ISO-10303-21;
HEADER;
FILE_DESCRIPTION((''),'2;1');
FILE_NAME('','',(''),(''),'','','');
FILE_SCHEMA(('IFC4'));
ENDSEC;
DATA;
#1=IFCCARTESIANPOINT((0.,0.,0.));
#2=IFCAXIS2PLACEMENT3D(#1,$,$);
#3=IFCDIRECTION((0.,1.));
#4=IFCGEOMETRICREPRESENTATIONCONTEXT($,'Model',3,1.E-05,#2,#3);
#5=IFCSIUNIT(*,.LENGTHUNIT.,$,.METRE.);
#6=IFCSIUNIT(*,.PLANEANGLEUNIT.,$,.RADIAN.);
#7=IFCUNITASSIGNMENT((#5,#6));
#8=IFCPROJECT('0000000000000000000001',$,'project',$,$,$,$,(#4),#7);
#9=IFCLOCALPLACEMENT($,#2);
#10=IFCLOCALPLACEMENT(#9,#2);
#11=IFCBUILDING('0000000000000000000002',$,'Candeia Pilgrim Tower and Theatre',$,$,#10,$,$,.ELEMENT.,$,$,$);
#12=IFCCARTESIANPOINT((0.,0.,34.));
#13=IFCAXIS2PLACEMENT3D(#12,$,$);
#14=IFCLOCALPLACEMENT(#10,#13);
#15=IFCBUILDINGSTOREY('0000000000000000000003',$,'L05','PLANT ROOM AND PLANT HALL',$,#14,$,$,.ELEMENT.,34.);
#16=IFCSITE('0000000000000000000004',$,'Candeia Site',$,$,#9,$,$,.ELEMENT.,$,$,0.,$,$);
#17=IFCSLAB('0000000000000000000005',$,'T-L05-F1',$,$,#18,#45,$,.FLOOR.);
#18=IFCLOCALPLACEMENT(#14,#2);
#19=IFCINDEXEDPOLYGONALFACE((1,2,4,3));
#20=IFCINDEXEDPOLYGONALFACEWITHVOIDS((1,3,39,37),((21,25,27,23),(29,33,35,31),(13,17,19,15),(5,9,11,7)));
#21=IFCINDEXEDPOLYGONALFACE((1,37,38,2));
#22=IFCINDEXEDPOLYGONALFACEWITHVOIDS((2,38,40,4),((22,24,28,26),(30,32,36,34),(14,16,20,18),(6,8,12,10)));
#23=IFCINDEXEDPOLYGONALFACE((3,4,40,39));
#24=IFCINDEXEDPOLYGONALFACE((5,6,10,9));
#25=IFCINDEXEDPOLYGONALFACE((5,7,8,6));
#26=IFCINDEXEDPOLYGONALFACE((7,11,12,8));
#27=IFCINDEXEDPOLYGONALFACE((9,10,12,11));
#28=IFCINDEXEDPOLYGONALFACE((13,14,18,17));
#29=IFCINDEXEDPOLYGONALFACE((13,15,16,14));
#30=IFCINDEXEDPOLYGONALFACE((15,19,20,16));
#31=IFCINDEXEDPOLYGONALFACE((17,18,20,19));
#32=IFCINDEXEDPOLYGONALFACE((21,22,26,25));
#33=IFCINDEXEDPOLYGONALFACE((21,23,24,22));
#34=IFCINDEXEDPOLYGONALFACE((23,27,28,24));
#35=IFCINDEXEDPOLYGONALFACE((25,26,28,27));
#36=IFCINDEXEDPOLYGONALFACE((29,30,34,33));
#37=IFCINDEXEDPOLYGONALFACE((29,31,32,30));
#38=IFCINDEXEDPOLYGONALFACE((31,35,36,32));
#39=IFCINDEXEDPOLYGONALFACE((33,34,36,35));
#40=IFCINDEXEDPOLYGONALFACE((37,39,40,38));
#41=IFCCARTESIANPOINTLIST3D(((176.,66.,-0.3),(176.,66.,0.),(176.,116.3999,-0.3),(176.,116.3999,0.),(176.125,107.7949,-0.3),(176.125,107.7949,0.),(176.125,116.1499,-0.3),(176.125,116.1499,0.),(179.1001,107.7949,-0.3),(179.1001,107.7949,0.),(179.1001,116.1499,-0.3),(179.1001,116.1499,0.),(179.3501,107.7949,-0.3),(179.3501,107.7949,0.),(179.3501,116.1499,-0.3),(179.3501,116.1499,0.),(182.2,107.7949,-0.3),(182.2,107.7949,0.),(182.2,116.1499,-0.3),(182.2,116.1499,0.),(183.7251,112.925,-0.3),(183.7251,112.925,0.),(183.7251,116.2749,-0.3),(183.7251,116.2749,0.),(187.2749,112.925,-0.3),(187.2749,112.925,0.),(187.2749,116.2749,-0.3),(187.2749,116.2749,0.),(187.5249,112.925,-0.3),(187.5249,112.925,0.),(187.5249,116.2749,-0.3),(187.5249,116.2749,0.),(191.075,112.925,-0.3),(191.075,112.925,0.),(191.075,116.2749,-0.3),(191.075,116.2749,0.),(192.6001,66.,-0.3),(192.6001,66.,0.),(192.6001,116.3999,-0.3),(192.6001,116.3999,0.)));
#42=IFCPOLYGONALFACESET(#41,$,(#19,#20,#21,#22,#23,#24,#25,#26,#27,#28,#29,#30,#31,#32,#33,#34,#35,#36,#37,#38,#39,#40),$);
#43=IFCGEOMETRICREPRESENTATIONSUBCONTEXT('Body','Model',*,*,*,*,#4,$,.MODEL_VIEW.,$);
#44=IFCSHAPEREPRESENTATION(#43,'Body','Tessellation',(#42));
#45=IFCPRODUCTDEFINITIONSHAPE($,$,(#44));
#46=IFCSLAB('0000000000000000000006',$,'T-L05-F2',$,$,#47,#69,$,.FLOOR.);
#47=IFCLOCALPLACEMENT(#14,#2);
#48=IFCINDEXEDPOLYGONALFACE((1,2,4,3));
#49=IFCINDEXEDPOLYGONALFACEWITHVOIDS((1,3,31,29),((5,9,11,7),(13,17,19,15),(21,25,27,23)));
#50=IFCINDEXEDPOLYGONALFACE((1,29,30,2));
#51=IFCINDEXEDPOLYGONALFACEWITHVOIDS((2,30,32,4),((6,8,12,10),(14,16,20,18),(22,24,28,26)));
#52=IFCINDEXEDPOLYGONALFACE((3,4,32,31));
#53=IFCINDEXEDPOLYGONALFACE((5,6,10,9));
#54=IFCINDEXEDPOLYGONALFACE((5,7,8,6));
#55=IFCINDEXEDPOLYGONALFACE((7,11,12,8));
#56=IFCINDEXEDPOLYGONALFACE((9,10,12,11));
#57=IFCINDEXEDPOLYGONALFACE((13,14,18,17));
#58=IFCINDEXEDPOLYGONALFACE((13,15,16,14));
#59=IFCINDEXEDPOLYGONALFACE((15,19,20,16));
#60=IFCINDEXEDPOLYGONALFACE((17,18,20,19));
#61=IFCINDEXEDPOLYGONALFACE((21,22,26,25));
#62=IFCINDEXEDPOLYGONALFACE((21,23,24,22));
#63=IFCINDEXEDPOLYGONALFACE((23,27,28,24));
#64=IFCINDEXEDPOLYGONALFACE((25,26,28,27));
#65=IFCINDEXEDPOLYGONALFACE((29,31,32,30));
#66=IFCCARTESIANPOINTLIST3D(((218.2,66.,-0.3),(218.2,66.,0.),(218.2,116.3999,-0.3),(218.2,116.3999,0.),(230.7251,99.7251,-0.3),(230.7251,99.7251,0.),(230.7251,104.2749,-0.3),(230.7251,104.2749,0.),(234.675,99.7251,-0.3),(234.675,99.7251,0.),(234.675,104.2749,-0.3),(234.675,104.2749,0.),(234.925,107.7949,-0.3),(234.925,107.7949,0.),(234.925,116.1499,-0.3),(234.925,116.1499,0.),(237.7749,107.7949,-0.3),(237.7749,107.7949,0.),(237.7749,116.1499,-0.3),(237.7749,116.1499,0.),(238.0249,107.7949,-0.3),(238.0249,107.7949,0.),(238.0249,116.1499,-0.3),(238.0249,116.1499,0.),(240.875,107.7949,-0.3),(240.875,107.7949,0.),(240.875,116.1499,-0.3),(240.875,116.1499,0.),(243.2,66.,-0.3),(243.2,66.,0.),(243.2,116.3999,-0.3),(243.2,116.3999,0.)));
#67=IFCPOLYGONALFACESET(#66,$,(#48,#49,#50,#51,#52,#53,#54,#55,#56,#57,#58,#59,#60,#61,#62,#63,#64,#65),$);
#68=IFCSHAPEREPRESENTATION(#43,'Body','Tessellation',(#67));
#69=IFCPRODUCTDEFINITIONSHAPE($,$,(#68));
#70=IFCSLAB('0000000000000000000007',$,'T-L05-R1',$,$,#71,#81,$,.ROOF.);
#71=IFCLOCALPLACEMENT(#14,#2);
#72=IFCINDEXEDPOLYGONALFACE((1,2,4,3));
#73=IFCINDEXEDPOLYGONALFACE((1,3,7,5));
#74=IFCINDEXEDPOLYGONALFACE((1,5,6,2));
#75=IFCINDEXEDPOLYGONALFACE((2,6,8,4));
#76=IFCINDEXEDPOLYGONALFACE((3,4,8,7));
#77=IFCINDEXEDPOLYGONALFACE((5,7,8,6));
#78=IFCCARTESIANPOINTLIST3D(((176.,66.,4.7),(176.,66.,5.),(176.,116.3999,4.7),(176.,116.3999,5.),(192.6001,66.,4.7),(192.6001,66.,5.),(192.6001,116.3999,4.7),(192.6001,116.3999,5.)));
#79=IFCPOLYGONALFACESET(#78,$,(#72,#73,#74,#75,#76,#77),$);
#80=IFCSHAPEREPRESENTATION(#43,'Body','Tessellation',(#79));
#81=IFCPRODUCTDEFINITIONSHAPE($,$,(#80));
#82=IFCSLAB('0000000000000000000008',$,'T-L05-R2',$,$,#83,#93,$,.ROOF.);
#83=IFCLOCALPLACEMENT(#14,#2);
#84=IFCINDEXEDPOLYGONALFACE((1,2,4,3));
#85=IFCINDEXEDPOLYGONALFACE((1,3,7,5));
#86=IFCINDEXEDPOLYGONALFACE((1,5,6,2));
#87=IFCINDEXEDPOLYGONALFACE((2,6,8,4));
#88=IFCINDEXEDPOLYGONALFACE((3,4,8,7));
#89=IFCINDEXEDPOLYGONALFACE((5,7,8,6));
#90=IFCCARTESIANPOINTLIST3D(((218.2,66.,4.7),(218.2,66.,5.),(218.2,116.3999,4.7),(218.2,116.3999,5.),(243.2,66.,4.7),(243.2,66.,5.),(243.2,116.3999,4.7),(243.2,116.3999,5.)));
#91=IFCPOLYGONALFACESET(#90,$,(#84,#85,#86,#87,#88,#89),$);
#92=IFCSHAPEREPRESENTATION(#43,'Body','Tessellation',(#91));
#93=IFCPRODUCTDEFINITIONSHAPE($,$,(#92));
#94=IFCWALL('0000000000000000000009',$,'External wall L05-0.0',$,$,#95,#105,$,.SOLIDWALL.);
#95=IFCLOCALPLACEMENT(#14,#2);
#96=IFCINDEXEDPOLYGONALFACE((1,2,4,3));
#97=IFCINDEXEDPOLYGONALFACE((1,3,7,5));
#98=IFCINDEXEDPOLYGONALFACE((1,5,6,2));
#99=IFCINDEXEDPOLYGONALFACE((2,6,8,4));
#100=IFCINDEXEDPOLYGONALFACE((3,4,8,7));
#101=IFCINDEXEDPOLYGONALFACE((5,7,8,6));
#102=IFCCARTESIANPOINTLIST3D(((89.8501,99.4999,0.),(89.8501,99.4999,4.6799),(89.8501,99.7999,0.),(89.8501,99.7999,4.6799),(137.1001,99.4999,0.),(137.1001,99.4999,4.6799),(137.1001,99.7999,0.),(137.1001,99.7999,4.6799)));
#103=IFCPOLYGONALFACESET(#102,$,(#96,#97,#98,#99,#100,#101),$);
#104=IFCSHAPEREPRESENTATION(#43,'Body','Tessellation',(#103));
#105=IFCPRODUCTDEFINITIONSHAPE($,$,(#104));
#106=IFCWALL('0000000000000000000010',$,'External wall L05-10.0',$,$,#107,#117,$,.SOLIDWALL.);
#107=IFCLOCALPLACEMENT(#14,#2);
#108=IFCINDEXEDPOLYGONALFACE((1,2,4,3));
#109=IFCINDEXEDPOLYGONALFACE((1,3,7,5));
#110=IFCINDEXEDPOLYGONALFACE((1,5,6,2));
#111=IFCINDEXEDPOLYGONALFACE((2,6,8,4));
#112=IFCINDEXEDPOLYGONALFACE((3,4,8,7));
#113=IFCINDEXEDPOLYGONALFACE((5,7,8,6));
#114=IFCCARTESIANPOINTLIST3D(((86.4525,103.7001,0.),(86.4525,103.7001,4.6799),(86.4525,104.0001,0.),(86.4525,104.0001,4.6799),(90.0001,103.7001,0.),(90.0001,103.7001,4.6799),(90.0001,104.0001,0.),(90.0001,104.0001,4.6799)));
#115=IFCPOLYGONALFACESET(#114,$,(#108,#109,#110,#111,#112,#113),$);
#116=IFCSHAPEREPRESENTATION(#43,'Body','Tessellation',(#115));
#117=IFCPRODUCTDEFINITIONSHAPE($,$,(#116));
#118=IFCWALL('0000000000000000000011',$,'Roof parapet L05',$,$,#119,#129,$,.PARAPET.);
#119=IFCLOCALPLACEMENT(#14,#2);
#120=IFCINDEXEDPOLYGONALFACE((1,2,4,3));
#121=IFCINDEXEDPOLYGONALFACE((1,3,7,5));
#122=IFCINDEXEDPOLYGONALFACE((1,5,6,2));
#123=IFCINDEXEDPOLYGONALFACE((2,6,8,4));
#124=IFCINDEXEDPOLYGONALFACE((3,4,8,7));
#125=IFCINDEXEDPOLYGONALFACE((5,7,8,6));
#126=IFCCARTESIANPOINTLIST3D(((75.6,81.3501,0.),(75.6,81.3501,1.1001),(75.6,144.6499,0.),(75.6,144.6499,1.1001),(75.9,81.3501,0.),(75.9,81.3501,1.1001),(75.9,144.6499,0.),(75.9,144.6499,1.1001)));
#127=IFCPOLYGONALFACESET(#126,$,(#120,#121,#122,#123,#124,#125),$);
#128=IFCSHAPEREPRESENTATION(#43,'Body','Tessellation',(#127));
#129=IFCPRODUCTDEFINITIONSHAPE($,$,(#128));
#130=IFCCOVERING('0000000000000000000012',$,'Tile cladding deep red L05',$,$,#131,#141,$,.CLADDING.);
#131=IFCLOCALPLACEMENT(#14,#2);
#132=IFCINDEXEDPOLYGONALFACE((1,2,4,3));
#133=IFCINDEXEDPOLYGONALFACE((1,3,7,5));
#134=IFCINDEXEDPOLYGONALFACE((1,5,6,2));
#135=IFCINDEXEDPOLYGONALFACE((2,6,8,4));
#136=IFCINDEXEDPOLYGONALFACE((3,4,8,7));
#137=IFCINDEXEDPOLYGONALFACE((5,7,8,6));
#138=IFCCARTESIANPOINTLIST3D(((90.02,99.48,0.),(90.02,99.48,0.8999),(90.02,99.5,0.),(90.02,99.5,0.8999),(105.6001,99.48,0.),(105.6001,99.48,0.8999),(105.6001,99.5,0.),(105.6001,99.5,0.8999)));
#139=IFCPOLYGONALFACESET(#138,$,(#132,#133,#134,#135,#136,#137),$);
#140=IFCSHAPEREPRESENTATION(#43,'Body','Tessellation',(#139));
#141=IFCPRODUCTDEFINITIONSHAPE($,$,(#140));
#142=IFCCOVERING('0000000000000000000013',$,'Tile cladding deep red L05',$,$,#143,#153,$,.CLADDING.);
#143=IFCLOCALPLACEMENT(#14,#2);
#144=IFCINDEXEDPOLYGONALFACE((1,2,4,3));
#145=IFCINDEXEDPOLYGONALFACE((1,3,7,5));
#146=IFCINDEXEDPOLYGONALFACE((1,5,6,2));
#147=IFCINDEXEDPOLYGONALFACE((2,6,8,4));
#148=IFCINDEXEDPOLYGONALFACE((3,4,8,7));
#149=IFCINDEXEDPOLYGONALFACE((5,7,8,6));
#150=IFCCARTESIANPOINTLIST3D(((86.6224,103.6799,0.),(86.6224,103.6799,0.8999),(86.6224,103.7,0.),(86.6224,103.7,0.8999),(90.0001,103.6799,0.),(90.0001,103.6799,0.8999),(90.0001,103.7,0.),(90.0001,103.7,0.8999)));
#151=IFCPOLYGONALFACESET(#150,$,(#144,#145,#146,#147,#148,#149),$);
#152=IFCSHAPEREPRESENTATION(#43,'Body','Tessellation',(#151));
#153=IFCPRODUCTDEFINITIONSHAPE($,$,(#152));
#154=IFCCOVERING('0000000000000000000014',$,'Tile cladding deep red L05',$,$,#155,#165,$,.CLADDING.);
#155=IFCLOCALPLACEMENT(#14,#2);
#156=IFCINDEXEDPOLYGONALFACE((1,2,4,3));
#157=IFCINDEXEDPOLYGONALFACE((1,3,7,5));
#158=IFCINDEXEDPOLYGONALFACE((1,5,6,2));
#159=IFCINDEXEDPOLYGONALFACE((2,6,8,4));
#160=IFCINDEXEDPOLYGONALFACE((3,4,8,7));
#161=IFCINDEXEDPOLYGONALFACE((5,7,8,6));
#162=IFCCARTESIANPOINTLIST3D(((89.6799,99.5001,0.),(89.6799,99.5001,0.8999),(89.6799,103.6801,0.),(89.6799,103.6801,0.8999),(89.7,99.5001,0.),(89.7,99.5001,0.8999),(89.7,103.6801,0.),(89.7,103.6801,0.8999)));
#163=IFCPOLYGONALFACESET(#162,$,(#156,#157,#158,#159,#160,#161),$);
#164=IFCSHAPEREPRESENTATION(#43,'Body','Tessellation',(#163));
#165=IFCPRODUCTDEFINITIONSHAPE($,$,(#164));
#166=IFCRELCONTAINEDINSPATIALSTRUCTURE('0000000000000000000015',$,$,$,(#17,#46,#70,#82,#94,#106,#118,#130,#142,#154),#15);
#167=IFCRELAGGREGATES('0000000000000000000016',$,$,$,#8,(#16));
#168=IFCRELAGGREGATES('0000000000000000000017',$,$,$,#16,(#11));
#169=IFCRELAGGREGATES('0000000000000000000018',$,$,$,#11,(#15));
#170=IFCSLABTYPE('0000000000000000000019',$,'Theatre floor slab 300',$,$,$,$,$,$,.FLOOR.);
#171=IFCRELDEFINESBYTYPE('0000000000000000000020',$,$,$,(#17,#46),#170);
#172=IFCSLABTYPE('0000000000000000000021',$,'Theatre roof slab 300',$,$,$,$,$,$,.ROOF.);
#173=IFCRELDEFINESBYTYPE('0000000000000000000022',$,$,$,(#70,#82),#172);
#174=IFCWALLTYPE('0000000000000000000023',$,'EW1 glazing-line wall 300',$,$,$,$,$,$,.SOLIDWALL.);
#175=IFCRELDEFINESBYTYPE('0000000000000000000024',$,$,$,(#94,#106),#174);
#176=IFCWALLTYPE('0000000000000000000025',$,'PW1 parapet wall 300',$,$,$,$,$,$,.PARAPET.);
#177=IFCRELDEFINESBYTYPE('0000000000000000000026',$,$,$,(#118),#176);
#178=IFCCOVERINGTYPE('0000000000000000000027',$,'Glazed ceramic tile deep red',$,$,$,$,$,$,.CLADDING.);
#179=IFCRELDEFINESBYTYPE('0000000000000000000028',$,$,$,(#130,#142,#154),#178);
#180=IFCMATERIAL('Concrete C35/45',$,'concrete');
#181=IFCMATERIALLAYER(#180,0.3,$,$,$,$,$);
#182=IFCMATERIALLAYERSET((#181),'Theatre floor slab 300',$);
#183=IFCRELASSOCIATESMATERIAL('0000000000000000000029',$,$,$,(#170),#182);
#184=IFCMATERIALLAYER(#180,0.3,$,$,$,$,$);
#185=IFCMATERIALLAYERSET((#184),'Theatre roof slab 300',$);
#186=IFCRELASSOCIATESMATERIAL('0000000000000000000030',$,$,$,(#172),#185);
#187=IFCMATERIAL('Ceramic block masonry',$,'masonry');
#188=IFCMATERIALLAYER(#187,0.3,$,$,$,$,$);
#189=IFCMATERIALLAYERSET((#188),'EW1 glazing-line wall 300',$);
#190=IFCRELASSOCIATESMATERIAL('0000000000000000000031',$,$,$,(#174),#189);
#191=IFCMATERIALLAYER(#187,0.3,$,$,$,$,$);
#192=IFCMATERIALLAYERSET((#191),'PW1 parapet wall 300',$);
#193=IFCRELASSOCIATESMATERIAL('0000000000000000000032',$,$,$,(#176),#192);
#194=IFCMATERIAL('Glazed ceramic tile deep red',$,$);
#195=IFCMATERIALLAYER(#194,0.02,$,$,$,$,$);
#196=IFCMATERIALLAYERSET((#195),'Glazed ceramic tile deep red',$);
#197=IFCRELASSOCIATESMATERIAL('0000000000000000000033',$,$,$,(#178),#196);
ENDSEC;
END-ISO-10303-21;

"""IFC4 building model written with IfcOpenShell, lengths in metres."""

from ifc_helpers import new_model, si_unit, direction, frame, frame_2d, origin, origin_2d, place, context, subcontext, project, spatial, polyline, rectangle, outline, extrude, material, layer, layer_set, type_object, element, save


model = new_model("IFC4")

# Units and contexts
model_context = context("Model", 3, precision=1e-05, world=origin(), true_north=direction((0.0, 1.0)))
body_context = subcontext(model_context, "Body", "Model", "MODEL_VIEW")
ifc_project = project(units=[si_unit("LENGTHUNIT", "METRE"), si_unit("PLANEANGLEUNIT", "RADIAN")], contexts=[model_context])

# Site, building, storey
site_placement = place(None, origin())
site = spatial("IfcSite", under=ifc_project, at=site_placement, Name="Candeia Site", CompositionType="ELEMENT", RefElevation=0.0)
building_placement = place(site_placement, origin())
building = spatial("IfcBuilding", under=site, at=building_placement, Name="Candeia Pilgrim Tower and Theatre", CompositionType="ELEMENT")
storey_placement = place(building_placement, frame((0.0, 0.0, 34.0)))
storey = spatial("IfcBuildingStorey", under=building, at=storey_placement, Name="L05", Description="PLANT ROOM AND PLANT HALL", CompositionType="ELEMENT", Elevation=34.0)

# Slabs
ifc_material_1 = material(Name="Concrete C35/45", Category="concrete")
ifc_layer_1 = layer(ifc_material_1, 0.3)
ifc_layer_set_1 = layer_set([ifc_layer_1], Name="Theatre floor slab 300")
slab_type_1 = type_object("IfcSlabType", Name="Theatre floor slab 300", PredefinedType="FLOOR", material=ifc_layer_set_1)
slab_1_placement = place(storey_placement, frame((0.0, 0.0, -0.3)))
element("IfcSlab", 1, at=slab_1_placement, inside=storey, type_object=slab_type_1, Name="T-L05-F1", PredefinedType="FLOOR", context=body_context, shape_type="SweptSolid", body=[
    extrude(outline(polyline([(192.6001, 66.0), (176.0, 66.0), (176.0, 116.3999), (192.6001, 116.3999), (192.6001, 66.0)]), holes=[polyline([(179.1001, 116.1499), (176.125, 116.1499), (176.125, 107.7949), (179.1001, 107.7949), (179.1001, 116.1499)]), polyline([(182.2, 107.7949), (182.2, 116.1499), (179.3501, 116.1499), (179.3501, 107.7949), (182.2, 107.7949)]), polyline([(183.7251, 112.925), (187.2749, 112.925), (187.2749, 116.2749), (183.7251, 116.2749), (183.7251, 112.925)]), polyline([(187.5249, 116.2749), (187.5249, 112.925), (191.075, 112.925), (191.075, 116.2749), (187.5249, 116.2749)])]), origin(), (0.0, 0.0, 1.0), 0.3),
])
slab_2_placement = place(storey_placement, frame((0.0, 0.0, -0.3)))
element("IfcSlab", 2, at=slab_2_placement, inside=storey, type_object=slab_type_1, Name="T-L05-F2", PredefinedType="FLOOR", context=body_context, shape_type="SweptSolid", body=[
    extrude(outline(polyline([(243.2, 66.0), (218.2, 66.0), (218.2, 116.3999), (243.2, 116.3999), (243.2, 66.0)]), holes=[polyline([(234.925, 107.7949), (237.7749, 107.7949), (237.7749, 116.1499), (234.925, 116.1499), (234.925, 107.7949)]), polyline([(238.0249, 116.1499), (238.0249, 107.7949), (240.875, 107.7949), (240.875, 116.1499), (238.0249, 116.1499)]), polyline([(234.675, 104.2749), (230.7251, 104.2749), (230.7251, 99.7251), (234.675, 99.7251), (234.675, 104.2749)])]), origin(), (0.0, 0.0, 1.0), 0.3),
])
ifc_layer_2 = layer(ifc_material_1, 0.3)
ifc_layer_set_2 = layer_set([ifc_layer_2], Name="Theatre roof slab 300")
slab_type_2 = type_object("IfcSlabType", Name="Theatre roof slab 300", PredefinedType="ROOF", material=ifc_layer_set_2)
slab_3_placement = place(storey_placement, frame((0.0, 0.0, 4.7)))
element("IfcSlab", 3, at=slab_3_placement, inside=storey, type_object=slab_type_2, Name="T-L05-R1", PredefinedType="ROOF", context=body_context, shape_type="SweptSolid", body=[
    extrude(outline(polyline([(192.6001, 66.0), (192.6001, 116.3999), (176.0, 116.3999), (176.0, 66.0), (192.6001, 66.0)])), origin(), (0.0, 0.0, 1.0), 0.3),
])
slab_4_placement = place(storey_placement, frame((0.0, 0.0, 4.7)))
element("IfcSlab", 4, at=slab_4_placement, inside=storey, type_object=slab_type_2, Name="T-L05-R2", PredefinedType="ROOF", context=body_context, shape_type="SweptSolid", body=[
    extrude(outline(polyline([(243.2, 66.0), (243.2, 116.3999), (218.2, 116.3999), (218.2, 66.0), (243.2, 66.0)])), origin(), (0.0, 0.0, 1.0), 0.3),
])

# Walls
ifc_material_2 = material(Name="Ceramic block masonry", Category="masonry")
ifc_layer_3 = layer(ifc_material_2, 0.3)
ifc_layer_set_3 = layer_set([ifc_layer_3], Name="EW1 glazing-line wall 300")
wall_type_1 = type_object("IfcWallType", Name="EW1 glazing-line wall 300", PredefinedType="SOLIDWALL", material=ifc_layer_set_3)
wall_1_placement = place(storey_placement, frame((89.8501, 99.6499, 0.0), z_axis=(0.0, 0.0, 1.0), x_axis=(1.0, 0.0, 0.0)))
element("IfcWall", 5, at=wall_1_placement, inside=storey, type_object=wall_type_1, Name="External wall L05-0.0", PredefinedType="SOLIDWALL", context=body_context, shape_type="SweptSolid", body=[
    extrude(rectangle(XDim=47.25, YDim=0.3, at=frame_2d((23.625, 0.0))), origin(), (0.0, 0.0, 1.0), 4.6799),
])
wall_2_placement = place(storey_placement, frame((86.4524, 103.8501, 0.0), z_axis=(0.0, 0.0, 1.0), x_axis=(1.0, 0.0, 0.0)))
element("IfcWall", 6, at=wall_2_placement, inside=storey, type_object=wall_type_1, Name="External wall L05-10.0", PredefinedType="SOLIDWALL", context=body_context, shape_type="SweptSolid", body=[
    extrude(rectangle(XDim=3.5476, YDim=0.3, at=frame_2d((1.7739, 0.0))), origin(), (0.0, 0.0, 1.0), 4.6799),
])
ifc_layer_4 = layer(ifc_material_2, 0.3)
ifc_layer_set_4 = layer_set([ifc_layer_4], Name="PW1 parapet wall 300")
wall_type_2 = type_object("IfcWallType", Name="PW1 parapet wall 300", PredefinedType="PARAPET", material=ifc_layer_set_4)
wall_3_placement = place(storey_placement, frame((75.75, 81.3501, 0.0), z_axis=(0.0, 0.0, 1.0), x_axis=(0.0, 1.0, 0.0)))
element("IfcWall", 7, at=wall_3_placement, inside=storey, type_object=wall_type_2, Name="Roof parapet L05", PredefinedType="PARAPET", context=body_context, shape_type="SweptSolid", body=[
    extrude(rectangle(XDim=63.2998, YDim=0.3, at=frame_2d((31.6499, 0.0))), origin(), (0.0, 0.0, 1.0), 1.1001),
])

# Coverings
ifc_material_3 = material(Name="Glazed ceramic tile deep red")
ifc_layer_5 = layer(ifc_material_3, 0.02)
ifc_layer_set_5 = layer_set([ifc_layer_5], Name="Glazed ceramic tile deep red")
covering_type = type_object("IfcCoveringType", Name="Glazed ceramic tile deep red", PredefinedType="CLADDING", material=ifc_layer_set_5)
covering_1_placement = place(storey_placement, frame((97.8101, 99.49, 0.0), z_axis=(0.0, 0.0, 1.0), x_axis=(1.0, 0.0, 0.0)))
element("IfcCovering", 8, at=covering_1_placement, inside=storey, type_object=covering_type, Name="Tile cladding deep red L05", PredefinedType="CLADDING", context=body_context, shape_type="SweptSolid", body=[
    extrude(rectangle(XDim=15.5801, YDim=0.02, at=origin_2d()), origin(), (0.0, 0.0, 1.0), 0.8999),
])
covering_2_placement = place(storey_placement, frame((88.3113, 103.6899, 0.0), z_axis=(0.0, 0.0, 1.0), x_axis=(1.0, 0.0, 0.0)))
element("IfcCovering", 9, at=covering_2_placement, inside=storey, type_object=covering_type, Name="Tile cladding deep red L05", PredefinedType="CLADDING", context=body_context, shape_type="SweptSolid", body=[
    extrude(rectangle(XDim=3.3777, YDim=0.02, at=origin_2d()), origin(), (0.0, 0.0, 1.0), 0.8999),
])
covering_3_placement = place(storey_placement, frame((89.6899, 101.5901, 0.0), z_axis=(0.0, 0.0, 1.0), x_axis=(0.0, -1.0, 0.0)))
element("IfcCovering", 10, at=covering_3_placement, inside=storey, type_object=covering_type, Name="Tile cladding deep red L05", PredefinedType="CLADDING", context=body_context, shape_type="SweptSolid", body=[
    extrude(rectangle(XDim=4.1799, YDim=0.02, at=origin_2d()), origin(), (0.0, 0.0, 1.0), 0.8999),
])

save(model, "model.ifc")
